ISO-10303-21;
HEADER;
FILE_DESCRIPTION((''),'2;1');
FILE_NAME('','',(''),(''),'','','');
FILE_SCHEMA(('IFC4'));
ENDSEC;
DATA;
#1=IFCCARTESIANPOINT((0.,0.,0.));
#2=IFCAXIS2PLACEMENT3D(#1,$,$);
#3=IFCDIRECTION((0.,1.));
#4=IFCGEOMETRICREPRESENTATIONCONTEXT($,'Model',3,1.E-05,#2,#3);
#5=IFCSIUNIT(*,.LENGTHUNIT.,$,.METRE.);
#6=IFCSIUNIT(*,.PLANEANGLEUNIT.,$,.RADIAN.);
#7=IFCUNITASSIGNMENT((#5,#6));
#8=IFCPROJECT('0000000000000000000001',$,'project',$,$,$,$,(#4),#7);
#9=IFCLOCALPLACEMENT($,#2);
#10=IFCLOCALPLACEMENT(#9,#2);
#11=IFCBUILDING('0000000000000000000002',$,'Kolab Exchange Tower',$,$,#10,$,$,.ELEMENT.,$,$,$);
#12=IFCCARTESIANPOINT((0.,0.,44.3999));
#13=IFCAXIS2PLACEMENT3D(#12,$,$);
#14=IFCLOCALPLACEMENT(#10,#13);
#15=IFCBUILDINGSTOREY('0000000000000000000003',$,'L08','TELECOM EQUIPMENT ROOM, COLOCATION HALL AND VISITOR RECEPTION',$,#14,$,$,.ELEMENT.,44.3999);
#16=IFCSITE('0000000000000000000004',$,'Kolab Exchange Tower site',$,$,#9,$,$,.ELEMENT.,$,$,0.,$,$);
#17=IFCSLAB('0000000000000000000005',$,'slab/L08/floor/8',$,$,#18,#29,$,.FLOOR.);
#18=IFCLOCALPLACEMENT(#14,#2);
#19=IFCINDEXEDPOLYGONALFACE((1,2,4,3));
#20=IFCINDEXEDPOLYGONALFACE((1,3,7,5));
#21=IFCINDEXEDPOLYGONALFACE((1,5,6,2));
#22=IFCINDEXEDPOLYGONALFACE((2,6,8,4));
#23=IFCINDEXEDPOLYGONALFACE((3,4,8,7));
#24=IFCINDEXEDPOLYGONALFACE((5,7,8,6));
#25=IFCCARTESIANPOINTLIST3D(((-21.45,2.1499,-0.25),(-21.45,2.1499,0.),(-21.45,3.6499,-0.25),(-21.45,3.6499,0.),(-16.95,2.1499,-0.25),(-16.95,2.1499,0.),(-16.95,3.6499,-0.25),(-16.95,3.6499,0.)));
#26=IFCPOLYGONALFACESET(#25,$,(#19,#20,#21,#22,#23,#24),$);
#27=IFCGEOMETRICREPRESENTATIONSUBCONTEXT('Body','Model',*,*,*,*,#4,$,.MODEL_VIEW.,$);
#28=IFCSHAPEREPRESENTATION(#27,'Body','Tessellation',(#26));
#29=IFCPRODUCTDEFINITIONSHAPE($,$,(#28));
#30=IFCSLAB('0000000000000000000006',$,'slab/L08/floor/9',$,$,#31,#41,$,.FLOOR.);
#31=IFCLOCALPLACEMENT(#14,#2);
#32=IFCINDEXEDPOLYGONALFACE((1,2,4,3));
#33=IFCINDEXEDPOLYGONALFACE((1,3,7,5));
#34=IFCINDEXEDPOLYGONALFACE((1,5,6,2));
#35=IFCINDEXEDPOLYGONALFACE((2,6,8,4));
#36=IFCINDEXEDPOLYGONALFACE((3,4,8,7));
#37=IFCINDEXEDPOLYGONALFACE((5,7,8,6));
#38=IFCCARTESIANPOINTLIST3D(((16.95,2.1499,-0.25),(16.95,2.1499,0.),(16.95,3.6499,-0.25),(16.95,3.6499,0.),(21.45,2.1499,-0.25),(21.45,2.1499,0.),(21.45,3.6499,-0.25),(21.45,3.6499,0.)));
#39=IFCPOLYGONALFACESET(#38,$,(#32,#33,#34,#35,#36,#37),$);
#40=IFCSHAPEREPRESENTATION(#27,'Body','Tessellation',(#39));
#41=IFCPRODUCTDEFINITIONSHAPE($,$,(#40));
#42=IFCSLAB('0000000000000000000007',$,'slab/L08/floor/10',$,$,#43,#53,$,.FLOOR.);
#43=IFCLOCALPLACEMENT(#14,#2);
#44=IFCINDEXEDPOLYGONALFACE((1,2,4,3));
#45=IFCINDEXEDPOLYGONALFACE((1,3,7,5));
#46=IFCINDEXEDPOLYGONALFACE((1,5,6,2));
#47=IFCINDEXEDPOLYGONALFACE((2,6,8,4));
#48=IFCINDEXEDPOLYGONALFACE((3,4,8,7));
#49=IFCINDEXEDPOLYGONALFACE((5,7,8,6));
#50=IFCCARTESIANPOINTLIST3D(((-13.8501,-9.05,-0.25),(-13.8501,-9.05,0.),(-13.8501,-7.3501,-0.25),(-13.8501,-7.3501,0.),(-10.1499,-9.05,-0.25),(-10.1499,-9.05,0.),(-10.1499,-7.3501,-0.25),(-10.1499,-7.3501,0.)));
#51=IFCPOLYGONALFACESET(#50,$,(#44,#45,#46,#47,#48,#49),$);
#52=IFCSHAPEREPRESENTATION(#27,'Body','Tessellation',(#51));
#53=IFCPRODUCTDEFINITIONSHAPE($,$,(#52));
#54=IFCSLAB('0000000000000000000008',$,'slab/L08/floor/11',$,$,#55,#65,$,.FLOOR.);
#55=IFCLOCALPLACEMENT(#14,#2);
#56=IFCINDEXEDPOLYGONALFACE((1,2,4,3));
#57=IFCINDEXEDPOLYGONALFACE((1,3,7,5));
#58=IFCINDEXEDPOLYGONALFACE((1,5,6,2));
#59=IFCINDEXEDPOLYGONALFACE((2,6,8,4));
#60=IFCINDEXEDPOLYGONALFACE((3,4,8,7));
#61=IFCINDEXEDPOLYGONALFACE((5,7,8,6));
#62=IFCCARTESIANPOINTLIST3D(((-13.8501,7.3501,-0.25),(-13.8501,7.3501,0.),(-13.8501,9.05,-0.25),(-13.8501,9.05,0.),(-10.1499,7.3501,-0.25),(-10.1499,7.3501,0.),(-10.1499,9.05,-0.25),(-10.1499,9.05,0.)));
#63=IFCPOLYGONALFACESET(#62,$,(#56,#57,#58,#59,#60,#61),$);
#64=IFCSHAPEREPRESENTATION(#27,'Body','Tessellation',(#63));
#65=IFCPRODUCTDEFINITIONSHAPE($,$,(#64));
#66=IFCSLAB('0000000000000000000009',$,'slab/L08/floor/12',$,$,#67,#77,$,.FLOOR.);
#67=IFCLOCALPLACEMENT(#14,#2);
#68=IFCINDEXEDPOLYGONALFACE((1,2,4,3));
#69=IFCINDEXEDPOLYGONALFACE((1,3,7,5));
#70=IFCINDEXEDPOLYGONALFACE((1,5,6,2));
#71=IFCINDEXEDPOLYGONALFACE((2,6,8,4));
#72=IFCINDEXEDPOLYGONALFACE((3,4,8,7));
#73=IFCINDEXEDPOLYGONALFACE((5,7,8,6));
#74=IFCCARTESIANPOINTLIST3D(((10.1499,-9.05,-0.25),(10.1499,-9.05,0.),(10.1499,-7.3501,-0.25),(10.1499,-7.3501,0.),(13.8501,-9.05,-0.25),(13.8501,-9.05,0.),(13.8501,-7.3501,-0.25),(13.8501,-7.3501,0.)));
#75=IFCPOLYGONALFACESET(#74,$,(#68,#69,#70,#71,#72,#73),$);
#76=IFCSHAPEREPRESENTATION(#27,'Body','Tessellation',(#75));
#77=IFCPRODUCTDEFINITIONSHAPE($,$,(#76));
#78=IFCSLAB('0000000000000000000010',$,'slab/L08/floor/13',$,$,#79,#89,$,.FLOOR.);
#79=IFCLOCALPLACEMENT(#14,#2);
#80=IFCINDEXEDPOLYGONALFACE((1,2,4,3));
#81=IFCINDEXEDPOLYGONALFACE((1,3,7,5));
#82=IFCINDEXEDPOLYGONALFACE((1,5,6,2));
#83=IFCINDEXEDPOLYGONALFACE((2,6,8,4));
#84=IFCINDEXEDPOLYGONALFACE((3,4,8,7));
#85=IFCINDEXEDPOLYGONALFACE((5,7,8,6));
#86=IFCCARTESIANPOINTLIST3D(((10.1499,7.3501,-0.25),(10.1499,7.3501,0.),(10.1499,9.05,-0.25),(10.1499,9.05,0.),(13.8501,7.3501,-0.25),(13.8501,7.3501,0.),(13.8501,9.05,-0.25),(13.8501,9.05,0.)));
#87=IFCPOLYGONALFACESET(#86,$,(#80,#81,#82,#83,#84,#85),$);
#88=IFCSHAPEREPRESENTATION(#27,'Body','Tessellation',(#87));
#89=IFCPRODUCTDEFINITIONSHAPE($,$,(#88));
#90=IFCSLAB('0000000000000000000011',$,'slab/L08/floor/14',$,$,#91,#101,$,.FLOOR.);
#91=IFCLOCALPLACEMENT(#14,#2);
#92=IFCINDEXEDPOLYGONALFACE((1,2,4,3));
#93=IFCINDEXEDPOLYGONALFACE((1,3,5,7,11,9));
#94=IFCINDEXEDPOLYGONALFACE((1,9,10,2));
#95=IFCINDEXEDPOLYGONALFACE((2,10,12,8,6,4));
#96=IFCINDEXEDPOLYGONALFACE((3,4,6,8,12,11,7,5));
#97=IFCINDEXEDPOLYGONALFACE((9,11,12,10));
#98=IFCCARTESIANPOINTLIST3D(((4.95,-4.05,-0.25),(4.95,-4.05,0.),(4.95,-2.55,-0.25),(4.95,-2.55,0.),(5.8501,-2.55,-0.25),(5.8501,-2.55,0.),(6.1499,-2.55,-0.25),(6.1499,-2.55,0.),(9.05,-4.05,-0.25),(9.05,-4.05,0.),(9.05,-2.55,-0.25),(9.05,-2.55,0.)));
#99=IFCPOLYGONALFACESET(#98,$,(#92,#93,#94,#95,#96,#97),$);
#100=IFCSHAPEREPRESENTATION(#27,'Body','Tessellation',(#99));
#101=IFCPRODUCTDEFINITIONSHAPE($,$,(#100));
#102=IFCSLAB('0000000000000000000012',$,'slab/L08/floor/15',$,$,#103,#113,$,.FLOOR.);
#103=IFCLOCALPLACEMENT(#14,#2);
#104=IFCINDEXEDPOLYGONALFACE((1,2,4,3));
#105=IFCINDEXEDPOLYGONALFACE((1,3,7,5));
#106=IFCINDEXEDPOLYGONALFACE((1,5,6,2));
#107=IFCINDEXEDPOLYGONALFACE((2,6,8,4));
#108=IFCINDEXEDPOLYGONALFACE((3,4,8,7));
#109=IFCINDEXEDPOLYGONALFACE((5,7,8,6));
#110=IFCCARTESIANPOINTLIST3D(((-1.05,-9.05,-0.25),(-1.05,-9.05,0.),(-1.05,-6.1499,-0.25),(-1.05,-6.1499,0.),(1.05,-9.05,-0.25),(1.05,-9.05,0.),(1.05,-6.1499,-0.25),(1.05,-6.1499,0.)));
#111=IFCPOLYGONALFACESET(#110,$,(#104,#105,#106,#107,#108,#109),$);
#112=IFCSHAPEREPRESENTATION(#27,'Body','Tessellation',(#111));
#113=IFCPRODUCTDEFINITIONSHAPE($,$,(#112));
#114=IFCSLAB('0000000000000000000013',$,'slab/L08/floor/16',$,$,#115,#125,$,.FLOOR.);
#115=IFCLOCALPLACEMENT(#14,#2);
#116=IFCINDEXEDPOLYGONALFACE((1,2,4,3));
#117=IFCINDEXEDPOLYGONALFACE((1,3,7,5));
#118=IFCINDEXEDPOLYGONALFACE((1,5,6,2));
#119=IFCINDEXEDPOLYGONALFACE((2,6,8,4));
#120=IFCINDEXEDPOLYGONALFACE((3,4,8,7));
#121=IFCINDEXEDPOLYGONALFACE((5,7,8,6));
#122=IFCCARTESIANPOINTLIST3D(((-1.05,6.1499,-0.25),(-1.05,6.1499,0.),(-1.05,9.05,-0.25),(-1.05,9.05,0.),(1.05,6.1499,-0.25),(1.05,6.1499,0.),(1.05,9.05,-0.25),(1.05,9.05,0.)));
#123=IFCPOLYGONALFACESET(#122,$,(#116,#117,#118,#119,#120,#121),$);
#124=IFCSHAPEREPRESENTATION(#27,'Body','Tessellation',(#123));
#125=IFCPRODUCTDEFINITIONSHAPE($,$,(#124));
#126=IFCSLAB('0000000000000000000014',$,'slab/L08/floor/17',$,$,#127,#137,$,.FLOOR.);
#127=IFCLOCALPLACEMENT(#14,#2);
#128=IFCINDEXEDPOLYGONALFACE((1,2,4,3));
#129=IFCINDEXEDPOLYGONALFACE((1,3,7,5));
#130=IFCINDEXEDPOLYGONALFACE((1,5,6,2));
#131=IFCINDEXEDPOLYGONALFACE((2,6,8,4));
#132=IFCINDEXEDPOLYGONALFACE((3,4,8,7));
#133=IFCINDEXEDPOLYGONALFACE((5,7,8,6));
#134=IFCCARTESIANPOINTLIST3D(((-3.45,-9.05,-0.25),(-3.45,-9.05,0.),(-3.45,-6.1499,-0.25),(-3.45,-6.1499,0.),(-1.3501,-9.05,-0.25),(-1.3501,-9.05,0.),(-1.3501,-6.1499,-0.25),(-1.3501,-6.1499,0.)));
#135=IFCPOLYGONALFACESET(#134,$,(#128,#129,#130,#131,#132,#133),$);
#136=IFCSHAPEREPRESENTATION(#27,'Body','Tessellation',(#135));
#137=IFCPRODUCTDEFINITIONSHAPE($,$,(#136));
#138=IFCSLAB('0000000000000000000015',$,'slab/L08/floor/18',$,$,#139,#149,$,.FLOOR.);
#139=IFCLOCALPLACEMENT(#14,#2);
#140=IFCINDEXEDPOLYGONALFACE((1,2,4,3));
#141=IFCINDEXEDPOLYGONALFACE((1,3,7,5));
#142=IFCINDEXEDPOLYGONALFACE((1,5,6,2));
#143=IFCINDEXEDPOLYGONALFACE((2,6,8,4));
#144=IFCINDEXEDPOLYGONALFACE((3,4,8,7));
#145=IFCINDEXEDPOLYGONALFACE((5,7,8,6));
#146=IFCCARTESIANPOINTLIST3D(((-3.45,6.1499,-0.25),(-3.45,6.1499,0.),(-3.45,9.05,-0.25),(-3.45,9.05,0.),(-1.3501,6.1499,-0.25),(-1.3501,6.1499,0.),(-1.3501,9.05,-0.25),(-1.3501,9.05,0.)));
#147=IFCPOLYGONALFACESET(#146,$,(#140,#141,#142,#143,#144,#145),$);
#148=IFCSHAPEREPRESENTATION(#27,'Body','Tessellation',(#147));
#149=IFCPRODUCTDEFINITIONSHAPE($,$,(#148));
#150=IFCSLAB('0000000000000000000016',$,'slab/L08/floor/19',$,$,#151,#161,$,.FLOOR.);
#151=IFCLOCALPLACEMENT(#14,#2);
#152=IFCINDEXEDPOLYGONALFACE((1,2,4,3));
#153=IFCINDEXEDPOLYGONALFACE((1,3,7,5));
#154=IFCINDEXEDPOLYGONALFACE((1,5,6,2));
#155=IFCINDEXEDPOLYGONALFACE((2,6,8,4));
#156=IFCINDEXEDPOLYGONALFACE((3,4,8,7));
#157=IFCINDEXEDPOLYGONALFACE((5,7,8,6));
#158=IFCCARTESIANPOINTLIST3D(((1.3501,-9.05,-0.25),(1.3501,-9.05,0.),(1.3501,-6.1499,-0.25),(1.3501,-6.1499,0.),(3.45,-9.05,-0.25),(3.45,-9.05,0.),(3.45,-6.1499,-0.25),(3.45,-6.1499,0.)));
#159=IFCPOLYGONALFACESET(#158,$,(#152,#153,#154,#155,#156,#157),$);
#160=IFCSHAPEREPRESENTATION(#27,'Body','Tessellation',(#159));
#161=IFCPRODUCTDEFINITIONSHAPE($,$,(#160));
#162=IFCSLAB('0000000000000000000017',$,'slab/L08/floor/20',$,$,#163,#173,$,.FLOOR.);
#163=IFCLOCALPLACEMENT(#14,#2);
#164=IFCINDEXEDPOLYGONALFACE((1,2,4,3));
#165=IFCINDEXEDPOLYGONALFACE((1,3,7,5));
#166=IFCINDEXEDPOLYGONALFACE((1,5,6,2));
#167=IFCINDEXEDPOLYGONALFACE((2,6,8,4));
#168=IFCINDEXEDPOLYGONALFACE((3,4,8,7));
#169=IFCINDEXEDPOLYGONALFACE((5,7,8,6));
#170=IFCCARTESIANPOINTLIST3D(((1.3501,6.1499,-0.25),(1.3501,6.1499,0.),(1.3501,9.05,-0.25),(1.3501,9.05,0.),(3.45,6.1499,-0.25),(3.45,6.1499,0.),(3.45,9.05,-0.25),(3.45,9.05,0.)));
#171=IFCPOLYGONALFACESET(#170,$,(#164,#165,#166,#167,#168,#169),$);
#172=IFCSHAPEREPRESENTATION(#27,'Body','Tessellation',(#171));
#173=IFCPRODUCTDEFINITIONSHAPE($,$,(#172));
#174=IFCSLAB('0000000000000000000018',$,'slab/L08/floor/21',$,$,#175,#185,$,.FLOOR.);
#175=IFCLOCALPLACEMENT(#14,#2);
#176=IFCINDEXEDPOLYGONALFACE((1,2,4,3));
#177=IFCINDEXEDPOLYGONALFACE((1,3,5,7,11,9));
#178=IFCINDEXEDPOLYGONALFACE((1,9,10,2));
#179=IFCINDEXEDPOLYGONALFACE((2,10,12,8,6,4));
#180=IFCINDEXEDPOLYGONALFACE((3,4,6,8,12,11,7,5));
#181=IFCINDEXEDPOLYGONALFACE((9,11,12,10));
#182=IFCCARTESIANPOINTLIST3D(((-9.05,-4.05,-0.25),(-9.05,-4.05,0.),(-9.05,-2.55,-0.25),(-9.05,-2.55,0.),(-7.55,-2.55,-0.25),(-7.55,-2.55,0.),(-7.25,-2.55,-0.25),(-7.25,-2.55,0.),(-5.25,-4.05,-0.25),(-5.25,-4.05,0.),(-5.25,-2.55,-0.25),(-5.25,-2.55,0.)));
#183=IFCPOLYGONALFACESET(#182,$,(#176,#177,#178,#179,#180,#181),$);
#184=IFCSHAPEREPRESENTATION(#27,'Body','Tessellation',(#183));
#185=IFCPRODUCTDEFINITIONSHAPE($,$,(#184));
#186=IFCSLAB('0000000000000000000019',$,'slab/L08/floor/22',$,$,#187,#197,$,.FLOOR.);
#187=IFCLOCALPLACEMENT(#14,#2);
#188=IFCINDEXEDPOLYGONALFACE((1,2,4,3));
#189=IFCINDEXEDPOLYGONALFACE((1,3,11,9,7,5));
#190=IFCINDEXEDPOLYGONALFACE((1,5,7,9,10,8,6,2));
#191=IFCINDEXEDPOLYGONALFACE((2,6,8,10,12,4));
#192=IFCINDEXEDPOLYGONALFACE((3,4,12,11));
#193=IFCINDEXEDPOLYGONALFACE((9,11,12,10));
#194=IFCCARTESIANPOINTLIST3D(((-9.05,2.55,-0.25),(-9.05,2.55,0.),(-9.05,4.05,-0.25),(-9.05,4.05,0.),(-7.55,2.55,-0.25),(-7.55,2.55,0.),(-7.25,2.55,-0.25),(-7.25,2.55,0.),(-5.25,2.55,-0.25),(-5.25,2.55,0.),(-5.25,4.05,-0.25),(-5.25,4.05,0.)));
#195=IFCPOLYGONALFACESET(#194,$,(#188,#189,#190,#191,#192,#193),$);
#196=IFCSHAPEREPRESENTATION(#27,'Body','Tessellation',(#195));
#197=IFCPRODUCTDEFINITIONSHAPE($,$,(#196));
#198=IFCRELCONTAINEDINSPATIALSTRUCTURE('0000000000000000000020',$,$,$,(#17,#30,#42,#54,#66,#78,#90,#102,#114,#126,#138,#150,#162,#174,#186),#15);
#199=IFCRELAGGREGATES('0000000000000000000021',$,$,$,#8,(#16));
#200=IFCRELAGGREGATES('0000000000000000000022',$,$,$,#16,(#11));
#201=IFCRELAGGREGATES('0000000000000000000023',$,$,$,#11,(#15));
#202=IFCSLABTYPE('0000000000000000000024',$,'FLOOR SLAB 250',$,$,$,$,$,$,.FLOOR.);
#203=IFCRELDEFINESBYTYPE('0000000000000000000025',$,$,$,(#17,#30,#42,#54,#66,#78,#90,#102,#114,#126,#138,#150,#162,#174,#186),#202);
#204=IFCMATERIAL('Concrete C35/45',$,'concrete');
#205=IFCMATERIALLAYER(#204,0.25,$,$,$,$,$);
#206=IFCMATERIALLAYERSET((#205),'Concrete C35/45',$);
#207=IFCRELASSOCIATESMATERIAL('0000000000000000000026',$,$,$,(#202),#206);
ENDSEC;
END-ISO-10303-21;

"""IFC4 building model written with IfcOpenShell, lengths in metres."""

from ifc_helpers import new_model, si_unit, direction, frame, origin, place, context, subcontext, project, spatial, polyline, outline, extrude, material, layer, layer_set, type_object, element, save


model = new_model("IFC4")

# Units and contexts
model_context = context("Model", 3, precision=1e-05, world=origin(), true_north=direction((0.0, 1.0)))
body_context = subcontext(model_context, "Body", "Model", "MODEL_VIEW")
ifc_project = project(units=[si_unit("LENGTHUNIT", "METRE"), si_unit("PLANEANGLEUNIT", "RADIAN")], contexts=[model_context])

# Site, building, storey
site_placement = place(None, origin())
site = spatial("IfcSite", under=ifc_project, at=site_placement, Name="Kolab Exchange Tower site", CompositionType="ELEMENT", RefElevation=0.0)
building_placement = place(site_placement, origin())
building = spatial("IfcBuilding", under=site, at=building_placement, Name="Kolab Exchange Tower", CompositionType="ELEMENT")
storey_placement = place(building_placement, frame((0.0, 0.0, 44.3999)))
storey = spatial("IfcBuildingStorey", under=building, at=storey_placement, Name="L08", Description="TELECOM EQUIPMENT ROOM, COLOCATION HALL AND VISITOR RECEPTION", CompositionType="ELEMENT", Elevation=44.3999)

# Slabs
ifc_material = material(Name="Concrete C35/45", Category="concrete")
ifc_layer_1 = layer(ifc_material, 0.25)
ifc_layer_set_1 = layer_set([ifc_layer_1], Name="Concrete C35/45")
slab_type_1 = type_object("IfcSlabType", Name="FLOOR SLAB 250", PredefinedType="FLOOR", material=ifc_layer_set_1)
slab_1_placement = place(storey_placement, frame((0.0, 0.0, -0.25)))
element("IfcSlab", 1, at=slab_1_placement, inside=storey, type_object=slab_type_1, Name="slab/L08/floor/8", PredefinedType="FLOOR", context=body_context, shape_type="SweptSolid", body=[
    extrude(outline(polyline([(-21.45, 3.6499), (-21.45, 2.1499), (-16.95, 2.1499), (-16.95, 3.6499), (-21.45, 3.6499)])), origin(), (0.0, 0.0, 1.0), 0.25),
])
slab_2_placement = place(storey_placement, frame((0.0, 0.0, -0.25)))
element("IfcSlab", 2, at=slab_2_placement, inside=storey, type_object=slab_type_1, Name="slab/L08/floor/9", PredefinedType="FLOOR", context=body_context, shape_type="SweptSolid", body=[
    extrude(outline(polyline([(21.45, 3.6499), (16.95, 3.6499), (16.95, 2.1499), (21.45, 2.1499), (21.45, 3.6499)])), origin(), (0.0, 0.0, 1.0), 0.25),
])
slab_3_placement = place(storey_placement, frame((0.0, 0.0, -0.25)))
element("IfcSlab", 3, at=slab_3_placement, inside=storey, type_object=slab_type_1, Name="slab/L08/floor/10", PredefinedType="FLOOR", context=body_context, shape_type="SweptSolid", body=[
    extrude(outline(polyline([(-10.1499, -9.05), (-10.1499, -7.3501), (-13.8501, -7.3501), (-13.8501, -9.05), (-10.1499, -9.05)])), origin(), (0.0, 0.0, 1.0), 0.25),
])
slab_4_placement = place(storey_placement, frame((0.0, 0.0, -0.25)))
element("IfcSlab", 4, at=slab_4_placement, inside=storey, type_object=slab_type_1, Name="slab/L08/floor/11", PredefinedType="FLOOR", context=body_context, shape_type="SweptSolid", body=[
    extrude(outline(polyline([(-13.8501, 7.3501), (-10.1499, 7.3501), (-10.1499, 9.05), (-13.8501, 9.05), (-13.8501, 7.3501)])), origin(), (0.0, 0.0, 1.0), 0.25),
])
slab_5_placement = place(storey_placement, frame((0.0, 0.0, -0.25)))
element("IfcSlab", 5, at=slab_5_placement, inside=storey, type_object=slab_type_1, Name="slab/L08/floor/12", PredefinedType="FLOOR", context=body_context, shape_type="SweptSolid", body=[
    extrude(outline(polyline([(10.1499, -7.3501), (10.1499, -9.05), (13.8501, -9.05), (13.8501, -7.3501), (10.1499, -7.3501)])), origin(), (0.0, 0.0, 1.0), 0.25),
])
slab_6_placement = place(storey_placement, frame((0.0, 0.0, -0.25)))
element("IfcSlab", 6, at=slab_6_placement, inside=storey, type_object=slab_type_1, Name="slab/L08/floor/13", PredefinedType="FLOOR", context=body_context, shape_type="SweptSolid", body=[
    extrude(outline(polyline([(10.1499, 7.3501), (13.8501, 7.3501), (13.8501, 9.05), (10.1499, 9.05), (10.1499, 7.3501)])), origin(), (0.0, 0.0, 1.0), 0.25),
])
slab_7_placement = place(storey_placement, frame((0.0, 0.0, -0.25)))
element("IfcSlab", 7, at=slab_7_placement, inside=storey, type_object=slab_type_1, Name="slab/L08/floor/14", PredefinedType="FLOOR", context=body_context, shape_type="SweptSolid", body=[
    extrude(outline(polyline([(9.05, -4.05), (9.05, -2.55), (6.1499, -2.55), (5.8501, -2.55), (4.95, -2.55), (4.95, -4.05), (9.05, -4.05)])), origin(), (0.0, 0.0, 1.0), 0.25),
])
slab_8_placement = place(storey_placement, frame((0.0, 0.0, -0.25)))
element("IfcSlab", 8, at=slab_8_placement, inside=storey, type_object=slab_type_1, Name="slab/L08/floor/15", PredefinedType="FLOOR", context=body_context, shape_type="SweptSolid", body=[
    extrude(outline(polyline([(1.05, -6.1499), (-1.05, -6.1499), (-1.05, -9.05), (1.05, -9.05), (1.05, -6.1499)])), origin(), (0.0, 0.0, 1.0), 0.25),
])
slab_9_placement = place(storey_placement, frame((0.0, 0.0, -0.25)))
element("IfcSlab", 9, at=slab_9_placement, inside=storey, type_object=slab_type_1, Name="slab/L08/floor/16", PredefinedType="FLOOR", context=body_context, shape_type="SweptSolid", body=[
    extrude(outline(polyline([(-1.05, 9.05), (-1.05, 6.1499), (1.05, 6.1499), (1.05, 9.05), (-1.05, 9.05)])), origin(), (0.0, 0.0, 1.0), 0.25),
])
slab_10_placement = place(storey_placement, frame((0.0, 0.0, -0.25)))
element("IfcSlab", 10, at=slab_10_placement, inside=storey, type_object=slab_type_1, Name="slab/L08/floor/17", PredefinedType="FLOOR", context=body_context, shape_type="SweptSolid", body=[
    extrude(outline(polyline([(-1.3501, -6.1499), (-3.45, -6.1499), (-3.45, -9.05), (-1.3501, -9.05), (-1.3501, -6.1499)])), origin(), (0.0, 0.0, 1.0), 0.25),
])
slab_11_placement = place(storey_placement, frame((0.0, 0.0, -0.25)))
element("IfcSlab", 11, at=slab_11_placement, inside=storey, type_object=slab_type_1, Name="slab/L08/floor/18", PredefinedType="FLOOR", context=body_context, shape_type="SweptSolid", body=[
    extrude(outline(polyline([(-1.3501, 6.1499), (-1.3501, 9.05), (-3.45, 9.05), (-3.45, 6.1499), (-1.3501, 6.1499)])), origin(), (0.0, 0.0, 1.0), 0.25),
])
slab_12_placement = place(storey_placement, frame((0.0, 0.0, -0.25)))
element("IfcSlab", 12, at=slab_12_placement, inside=storey, type_object=slab_type_1, Name="slab/L08/floor/19", PredefinedType="FLOOR", context=body_context, shape_type="SweptSolid", body=[
    extrude(outline(polyline([(1.3501, -6.1499), (1.3501, -9.05), (3.45, -9.05), (3.45, -6.1499), (1.3501, -6.1499)])), origin(), (0.0, 0.0, 1.0), 0.25),
])
slab_13_placement = place(storey_placement, frame((0.0, 0.0, -0.25)))
element("IfcSlab", 13, at=slab_13_placement, inside=storey, type_object=slab_type_1, Name="slab/L08/floor/20", PredefinedType="FLOOR", context=body_context, shape_type="SweptSolid", body=[
    extrude(outline(polyline([(1.3501, 6.1499), (3.45, 6.1499), (3.45, 9.05), (1.3501, 9.05), (1.3501, 6.1499)])), origin(), (0.0, 0.0, 1.0), 0.25),
])
slab_14_placement = place(storey_placement, frame((0.0, 0.0, -0.25)))
element("IfcSlab", 14, at=slab_14_placement, inside=storey, type_object=slab_type_1, Name="slab/L08/floor/21", PredefinedType="FLOOR", context=body_context, shape_type="SweptSolid", body=[
    extrude(outline(polyline([(-9.05, -4.05), (-5.25, -4.05), (-5.25, -2.55), (-7.25, -2.55), (-7.55, -2.55), (-9.05, -2.55), (-9.05, -4.05)])), origin(), (0.0, 0.0, 1.0), 0.25),
])
slab_15_placement = place(storey_placement, frame((0.0, 0.0, -0.25)))
element("IfcSlab", 15, at=slab_15_placement, inside=storey, type_object=slab_type_1, Name="slab/L08/floor/22", PredefinedType="FLOOR", context=body_context, shape_type="SweptSolid", body=[
    extrude(outline(polyline([(-5.25, 4.05), (-9.05, 4.05), (-9.05, 2.55), (-7.55, 2.55), (-7.25, 2.55), (-5.25, 2.55), (-5.25, 4.05)])), origin(), (0.0, 0.0, 1.0), 0.25),
])

save(model, "model.ifc")
